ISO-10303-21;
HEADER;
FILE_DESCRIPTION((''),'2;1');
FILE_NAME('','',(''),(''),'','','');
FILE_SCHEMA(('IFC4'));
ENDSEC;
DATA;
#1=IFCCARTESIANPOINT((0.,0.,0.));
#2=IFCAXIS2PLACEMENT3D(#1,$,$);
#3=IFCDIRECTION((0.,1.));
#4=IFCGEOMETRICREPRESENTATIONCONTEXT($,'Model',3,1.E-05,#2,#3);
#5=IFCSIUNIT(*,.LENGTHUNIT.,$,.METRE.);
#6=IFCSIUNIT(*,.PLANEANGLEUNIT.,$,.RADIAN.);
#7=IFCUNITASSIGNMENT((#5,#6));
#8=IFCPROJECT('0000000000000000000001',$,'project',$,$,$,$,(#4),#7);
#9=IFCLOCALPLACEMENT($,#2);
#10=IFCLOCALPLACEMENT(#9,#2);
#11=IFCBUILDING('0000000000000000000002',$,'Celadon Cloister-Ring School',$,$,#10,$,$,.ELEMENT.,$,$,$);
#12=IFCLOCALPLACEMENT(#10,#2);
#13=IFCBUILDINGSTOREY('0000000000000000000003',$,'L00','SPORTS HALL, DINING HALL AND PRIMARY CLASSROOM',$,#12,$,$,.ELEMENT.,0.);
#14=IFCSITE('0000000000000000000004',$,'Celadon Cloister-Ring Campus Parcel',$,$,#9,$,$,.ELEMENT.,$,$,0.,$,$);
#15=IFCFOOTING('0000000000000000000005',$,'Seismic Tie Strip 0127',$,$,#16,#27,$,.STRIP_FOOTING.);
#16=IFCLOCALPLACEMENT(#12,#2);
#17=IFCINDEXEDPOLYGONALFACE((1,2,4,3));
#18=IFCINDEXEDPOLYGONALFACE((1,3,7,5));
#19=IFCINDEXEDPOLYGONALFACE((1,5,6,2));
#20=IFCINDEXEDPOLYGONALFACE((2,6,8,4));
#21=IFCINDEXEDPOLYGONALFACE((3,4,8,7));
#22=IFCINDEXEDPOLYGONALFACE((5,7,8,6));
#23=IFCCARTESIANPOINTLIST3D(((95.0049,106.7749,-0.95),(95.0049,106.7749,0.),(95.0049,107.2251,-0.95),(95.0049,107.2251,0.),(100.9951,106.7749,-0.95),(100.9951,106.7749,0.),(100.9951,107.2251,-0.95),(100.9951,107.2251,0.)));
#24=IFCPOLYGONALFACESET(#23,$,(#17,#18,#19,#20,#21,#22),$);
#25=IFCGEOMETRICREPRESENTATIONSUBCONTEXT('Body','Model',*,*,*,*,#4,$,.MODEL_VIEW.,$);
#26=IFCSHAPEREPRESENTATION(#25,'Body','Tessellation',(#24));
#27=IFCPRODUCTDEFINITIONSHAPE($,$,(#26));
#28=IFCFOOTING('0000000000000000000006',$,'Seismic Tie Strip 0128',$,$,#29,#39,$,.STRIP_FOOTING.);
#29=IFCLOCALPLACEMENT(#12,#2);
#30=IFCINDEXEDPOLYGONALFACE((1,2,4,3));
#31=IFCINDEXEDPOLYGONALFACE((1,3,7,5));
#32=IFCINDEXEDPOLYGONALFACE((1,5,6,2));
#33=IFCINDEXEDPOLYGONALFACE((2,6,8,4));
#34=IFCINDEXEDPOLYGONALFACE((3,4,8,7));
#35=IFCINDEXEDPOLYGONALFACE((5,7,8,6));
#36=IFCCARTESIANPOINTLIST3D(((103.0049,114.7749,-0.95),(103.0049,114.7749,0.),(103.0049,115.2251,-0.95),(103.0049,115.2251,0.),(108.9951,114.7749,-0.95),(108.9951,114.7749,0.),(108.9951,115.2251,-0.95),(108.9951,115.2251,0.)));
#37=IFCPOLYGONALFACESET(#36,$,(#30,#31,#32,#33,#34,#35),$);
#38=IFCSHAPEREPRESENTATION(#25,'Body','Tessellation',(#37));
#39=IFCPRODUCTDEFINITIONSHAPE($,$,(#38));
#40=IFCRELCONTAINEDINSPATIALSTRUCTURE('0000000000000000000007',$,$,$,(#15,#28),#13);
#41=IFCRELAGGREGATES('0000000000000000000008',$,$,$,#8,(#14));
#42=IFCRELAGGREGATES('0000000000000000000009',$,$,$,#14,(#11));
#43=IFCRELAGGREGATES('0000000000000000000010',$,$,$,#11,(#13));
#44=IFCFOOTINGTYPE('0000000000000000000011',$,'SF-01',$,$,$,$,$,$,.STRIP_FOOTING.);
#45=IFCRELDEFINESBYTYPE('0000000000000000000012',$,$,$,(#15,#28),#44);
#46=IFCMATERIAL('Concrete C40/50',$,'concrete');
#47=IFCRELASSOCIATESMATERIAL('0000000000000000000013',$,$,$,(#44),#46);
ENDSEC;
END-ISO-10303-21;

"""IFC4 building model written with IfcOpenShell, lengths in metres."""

from ifc_helpers import new_model, si_unit, direction, frame, origin, place, context, subcontext, project, spatial, polyline, outline, extrude, material, type_object, element, save


model = new_model("IFC4")

# Units and contexts
model_context = context("Model", 3, precision=1e-05, world=origin(), true_north=direction((0.0, 1.0)))
body_context = subcontext(model_context, "Body", "Model", "MODEL_VIEW")
ifc_project = project(units=[si_unit("LENGTHUNIT", "METRE"), si_unit("PLANEANGLEUNIT", "RADIAN")], contexts=[model_context])

# Site, building, storey
site_placement = place(None, origin())
site = spatial("IfcSite", under=ifc_project, at=site_placement, Name="Celadon Cloister-Ring Campus Parcel", CompositionType="ELEMENT", RefElevation=0.0)
building_placement = place(site_placement, origin())
building = spatial("IfcBuilding", under=site, at=building_placement, Name="Celadon Cloister-Ring School", CompositionType="ELEMENT")
storey_placement = place(building_placement, origin())
storey = spatial("IfcBuildingStorey", under=building, at=storey_placement, Name="L00", Description="SPORTS HALL, DINING HALL AND PRIMARY CLASSROOM", CompositionType="ELEMENT", Elevation=0.0)

# Footings
ifc_material = material(Name="Concrete C40/50", Category="concrete")
footing_type = type_object("IfcFootingType", Name="SF-01", PredefinedType="STRIP_FOOTING", material=ifc_material)
footing_1_placement = place(storey_placement, frame((0.0, 0.0, -0.95)))
element("IfcFooting", 1, at=footing_1_placement, inside=storey, type_object=footing_type, Name="Seismic Tie Strip 0127", PredefinedType="STRIP_FOOTING", context=body_context, shape_type="SweptSolid", body=[
    extrude(outline(polyline([(100.9951, 107.2251), (95.0049, 107.2251), (95.0049, 106.7749), (100.9951, 106.7749), (100.9951, 107.2251)])), origin(), (0.0, 0.0, 1.0), 0.95),
])
footing_2_placement = place(storey_placement, frame((0.0, 0.0, -0.95)))
element("IfcFooting", 2, at=footing_2_placement, inside=storey, type_object=footing_type, Name="Seismic Tie Strip 0128", PredefinedType="STRIP_FOOTING", context=body_context, shape_type="SweptSolid", body=[
    extrude(outline(polyline([(103.0049, 114.7749), (108.9951, 114.7749), (108.9951, 115.2251), (103.0049, 115.2251), (103.0049, 114.7749)])), origin(), (0.0, 0.0, 1.0), 0.95),
])

save(model, "model.ifc")
